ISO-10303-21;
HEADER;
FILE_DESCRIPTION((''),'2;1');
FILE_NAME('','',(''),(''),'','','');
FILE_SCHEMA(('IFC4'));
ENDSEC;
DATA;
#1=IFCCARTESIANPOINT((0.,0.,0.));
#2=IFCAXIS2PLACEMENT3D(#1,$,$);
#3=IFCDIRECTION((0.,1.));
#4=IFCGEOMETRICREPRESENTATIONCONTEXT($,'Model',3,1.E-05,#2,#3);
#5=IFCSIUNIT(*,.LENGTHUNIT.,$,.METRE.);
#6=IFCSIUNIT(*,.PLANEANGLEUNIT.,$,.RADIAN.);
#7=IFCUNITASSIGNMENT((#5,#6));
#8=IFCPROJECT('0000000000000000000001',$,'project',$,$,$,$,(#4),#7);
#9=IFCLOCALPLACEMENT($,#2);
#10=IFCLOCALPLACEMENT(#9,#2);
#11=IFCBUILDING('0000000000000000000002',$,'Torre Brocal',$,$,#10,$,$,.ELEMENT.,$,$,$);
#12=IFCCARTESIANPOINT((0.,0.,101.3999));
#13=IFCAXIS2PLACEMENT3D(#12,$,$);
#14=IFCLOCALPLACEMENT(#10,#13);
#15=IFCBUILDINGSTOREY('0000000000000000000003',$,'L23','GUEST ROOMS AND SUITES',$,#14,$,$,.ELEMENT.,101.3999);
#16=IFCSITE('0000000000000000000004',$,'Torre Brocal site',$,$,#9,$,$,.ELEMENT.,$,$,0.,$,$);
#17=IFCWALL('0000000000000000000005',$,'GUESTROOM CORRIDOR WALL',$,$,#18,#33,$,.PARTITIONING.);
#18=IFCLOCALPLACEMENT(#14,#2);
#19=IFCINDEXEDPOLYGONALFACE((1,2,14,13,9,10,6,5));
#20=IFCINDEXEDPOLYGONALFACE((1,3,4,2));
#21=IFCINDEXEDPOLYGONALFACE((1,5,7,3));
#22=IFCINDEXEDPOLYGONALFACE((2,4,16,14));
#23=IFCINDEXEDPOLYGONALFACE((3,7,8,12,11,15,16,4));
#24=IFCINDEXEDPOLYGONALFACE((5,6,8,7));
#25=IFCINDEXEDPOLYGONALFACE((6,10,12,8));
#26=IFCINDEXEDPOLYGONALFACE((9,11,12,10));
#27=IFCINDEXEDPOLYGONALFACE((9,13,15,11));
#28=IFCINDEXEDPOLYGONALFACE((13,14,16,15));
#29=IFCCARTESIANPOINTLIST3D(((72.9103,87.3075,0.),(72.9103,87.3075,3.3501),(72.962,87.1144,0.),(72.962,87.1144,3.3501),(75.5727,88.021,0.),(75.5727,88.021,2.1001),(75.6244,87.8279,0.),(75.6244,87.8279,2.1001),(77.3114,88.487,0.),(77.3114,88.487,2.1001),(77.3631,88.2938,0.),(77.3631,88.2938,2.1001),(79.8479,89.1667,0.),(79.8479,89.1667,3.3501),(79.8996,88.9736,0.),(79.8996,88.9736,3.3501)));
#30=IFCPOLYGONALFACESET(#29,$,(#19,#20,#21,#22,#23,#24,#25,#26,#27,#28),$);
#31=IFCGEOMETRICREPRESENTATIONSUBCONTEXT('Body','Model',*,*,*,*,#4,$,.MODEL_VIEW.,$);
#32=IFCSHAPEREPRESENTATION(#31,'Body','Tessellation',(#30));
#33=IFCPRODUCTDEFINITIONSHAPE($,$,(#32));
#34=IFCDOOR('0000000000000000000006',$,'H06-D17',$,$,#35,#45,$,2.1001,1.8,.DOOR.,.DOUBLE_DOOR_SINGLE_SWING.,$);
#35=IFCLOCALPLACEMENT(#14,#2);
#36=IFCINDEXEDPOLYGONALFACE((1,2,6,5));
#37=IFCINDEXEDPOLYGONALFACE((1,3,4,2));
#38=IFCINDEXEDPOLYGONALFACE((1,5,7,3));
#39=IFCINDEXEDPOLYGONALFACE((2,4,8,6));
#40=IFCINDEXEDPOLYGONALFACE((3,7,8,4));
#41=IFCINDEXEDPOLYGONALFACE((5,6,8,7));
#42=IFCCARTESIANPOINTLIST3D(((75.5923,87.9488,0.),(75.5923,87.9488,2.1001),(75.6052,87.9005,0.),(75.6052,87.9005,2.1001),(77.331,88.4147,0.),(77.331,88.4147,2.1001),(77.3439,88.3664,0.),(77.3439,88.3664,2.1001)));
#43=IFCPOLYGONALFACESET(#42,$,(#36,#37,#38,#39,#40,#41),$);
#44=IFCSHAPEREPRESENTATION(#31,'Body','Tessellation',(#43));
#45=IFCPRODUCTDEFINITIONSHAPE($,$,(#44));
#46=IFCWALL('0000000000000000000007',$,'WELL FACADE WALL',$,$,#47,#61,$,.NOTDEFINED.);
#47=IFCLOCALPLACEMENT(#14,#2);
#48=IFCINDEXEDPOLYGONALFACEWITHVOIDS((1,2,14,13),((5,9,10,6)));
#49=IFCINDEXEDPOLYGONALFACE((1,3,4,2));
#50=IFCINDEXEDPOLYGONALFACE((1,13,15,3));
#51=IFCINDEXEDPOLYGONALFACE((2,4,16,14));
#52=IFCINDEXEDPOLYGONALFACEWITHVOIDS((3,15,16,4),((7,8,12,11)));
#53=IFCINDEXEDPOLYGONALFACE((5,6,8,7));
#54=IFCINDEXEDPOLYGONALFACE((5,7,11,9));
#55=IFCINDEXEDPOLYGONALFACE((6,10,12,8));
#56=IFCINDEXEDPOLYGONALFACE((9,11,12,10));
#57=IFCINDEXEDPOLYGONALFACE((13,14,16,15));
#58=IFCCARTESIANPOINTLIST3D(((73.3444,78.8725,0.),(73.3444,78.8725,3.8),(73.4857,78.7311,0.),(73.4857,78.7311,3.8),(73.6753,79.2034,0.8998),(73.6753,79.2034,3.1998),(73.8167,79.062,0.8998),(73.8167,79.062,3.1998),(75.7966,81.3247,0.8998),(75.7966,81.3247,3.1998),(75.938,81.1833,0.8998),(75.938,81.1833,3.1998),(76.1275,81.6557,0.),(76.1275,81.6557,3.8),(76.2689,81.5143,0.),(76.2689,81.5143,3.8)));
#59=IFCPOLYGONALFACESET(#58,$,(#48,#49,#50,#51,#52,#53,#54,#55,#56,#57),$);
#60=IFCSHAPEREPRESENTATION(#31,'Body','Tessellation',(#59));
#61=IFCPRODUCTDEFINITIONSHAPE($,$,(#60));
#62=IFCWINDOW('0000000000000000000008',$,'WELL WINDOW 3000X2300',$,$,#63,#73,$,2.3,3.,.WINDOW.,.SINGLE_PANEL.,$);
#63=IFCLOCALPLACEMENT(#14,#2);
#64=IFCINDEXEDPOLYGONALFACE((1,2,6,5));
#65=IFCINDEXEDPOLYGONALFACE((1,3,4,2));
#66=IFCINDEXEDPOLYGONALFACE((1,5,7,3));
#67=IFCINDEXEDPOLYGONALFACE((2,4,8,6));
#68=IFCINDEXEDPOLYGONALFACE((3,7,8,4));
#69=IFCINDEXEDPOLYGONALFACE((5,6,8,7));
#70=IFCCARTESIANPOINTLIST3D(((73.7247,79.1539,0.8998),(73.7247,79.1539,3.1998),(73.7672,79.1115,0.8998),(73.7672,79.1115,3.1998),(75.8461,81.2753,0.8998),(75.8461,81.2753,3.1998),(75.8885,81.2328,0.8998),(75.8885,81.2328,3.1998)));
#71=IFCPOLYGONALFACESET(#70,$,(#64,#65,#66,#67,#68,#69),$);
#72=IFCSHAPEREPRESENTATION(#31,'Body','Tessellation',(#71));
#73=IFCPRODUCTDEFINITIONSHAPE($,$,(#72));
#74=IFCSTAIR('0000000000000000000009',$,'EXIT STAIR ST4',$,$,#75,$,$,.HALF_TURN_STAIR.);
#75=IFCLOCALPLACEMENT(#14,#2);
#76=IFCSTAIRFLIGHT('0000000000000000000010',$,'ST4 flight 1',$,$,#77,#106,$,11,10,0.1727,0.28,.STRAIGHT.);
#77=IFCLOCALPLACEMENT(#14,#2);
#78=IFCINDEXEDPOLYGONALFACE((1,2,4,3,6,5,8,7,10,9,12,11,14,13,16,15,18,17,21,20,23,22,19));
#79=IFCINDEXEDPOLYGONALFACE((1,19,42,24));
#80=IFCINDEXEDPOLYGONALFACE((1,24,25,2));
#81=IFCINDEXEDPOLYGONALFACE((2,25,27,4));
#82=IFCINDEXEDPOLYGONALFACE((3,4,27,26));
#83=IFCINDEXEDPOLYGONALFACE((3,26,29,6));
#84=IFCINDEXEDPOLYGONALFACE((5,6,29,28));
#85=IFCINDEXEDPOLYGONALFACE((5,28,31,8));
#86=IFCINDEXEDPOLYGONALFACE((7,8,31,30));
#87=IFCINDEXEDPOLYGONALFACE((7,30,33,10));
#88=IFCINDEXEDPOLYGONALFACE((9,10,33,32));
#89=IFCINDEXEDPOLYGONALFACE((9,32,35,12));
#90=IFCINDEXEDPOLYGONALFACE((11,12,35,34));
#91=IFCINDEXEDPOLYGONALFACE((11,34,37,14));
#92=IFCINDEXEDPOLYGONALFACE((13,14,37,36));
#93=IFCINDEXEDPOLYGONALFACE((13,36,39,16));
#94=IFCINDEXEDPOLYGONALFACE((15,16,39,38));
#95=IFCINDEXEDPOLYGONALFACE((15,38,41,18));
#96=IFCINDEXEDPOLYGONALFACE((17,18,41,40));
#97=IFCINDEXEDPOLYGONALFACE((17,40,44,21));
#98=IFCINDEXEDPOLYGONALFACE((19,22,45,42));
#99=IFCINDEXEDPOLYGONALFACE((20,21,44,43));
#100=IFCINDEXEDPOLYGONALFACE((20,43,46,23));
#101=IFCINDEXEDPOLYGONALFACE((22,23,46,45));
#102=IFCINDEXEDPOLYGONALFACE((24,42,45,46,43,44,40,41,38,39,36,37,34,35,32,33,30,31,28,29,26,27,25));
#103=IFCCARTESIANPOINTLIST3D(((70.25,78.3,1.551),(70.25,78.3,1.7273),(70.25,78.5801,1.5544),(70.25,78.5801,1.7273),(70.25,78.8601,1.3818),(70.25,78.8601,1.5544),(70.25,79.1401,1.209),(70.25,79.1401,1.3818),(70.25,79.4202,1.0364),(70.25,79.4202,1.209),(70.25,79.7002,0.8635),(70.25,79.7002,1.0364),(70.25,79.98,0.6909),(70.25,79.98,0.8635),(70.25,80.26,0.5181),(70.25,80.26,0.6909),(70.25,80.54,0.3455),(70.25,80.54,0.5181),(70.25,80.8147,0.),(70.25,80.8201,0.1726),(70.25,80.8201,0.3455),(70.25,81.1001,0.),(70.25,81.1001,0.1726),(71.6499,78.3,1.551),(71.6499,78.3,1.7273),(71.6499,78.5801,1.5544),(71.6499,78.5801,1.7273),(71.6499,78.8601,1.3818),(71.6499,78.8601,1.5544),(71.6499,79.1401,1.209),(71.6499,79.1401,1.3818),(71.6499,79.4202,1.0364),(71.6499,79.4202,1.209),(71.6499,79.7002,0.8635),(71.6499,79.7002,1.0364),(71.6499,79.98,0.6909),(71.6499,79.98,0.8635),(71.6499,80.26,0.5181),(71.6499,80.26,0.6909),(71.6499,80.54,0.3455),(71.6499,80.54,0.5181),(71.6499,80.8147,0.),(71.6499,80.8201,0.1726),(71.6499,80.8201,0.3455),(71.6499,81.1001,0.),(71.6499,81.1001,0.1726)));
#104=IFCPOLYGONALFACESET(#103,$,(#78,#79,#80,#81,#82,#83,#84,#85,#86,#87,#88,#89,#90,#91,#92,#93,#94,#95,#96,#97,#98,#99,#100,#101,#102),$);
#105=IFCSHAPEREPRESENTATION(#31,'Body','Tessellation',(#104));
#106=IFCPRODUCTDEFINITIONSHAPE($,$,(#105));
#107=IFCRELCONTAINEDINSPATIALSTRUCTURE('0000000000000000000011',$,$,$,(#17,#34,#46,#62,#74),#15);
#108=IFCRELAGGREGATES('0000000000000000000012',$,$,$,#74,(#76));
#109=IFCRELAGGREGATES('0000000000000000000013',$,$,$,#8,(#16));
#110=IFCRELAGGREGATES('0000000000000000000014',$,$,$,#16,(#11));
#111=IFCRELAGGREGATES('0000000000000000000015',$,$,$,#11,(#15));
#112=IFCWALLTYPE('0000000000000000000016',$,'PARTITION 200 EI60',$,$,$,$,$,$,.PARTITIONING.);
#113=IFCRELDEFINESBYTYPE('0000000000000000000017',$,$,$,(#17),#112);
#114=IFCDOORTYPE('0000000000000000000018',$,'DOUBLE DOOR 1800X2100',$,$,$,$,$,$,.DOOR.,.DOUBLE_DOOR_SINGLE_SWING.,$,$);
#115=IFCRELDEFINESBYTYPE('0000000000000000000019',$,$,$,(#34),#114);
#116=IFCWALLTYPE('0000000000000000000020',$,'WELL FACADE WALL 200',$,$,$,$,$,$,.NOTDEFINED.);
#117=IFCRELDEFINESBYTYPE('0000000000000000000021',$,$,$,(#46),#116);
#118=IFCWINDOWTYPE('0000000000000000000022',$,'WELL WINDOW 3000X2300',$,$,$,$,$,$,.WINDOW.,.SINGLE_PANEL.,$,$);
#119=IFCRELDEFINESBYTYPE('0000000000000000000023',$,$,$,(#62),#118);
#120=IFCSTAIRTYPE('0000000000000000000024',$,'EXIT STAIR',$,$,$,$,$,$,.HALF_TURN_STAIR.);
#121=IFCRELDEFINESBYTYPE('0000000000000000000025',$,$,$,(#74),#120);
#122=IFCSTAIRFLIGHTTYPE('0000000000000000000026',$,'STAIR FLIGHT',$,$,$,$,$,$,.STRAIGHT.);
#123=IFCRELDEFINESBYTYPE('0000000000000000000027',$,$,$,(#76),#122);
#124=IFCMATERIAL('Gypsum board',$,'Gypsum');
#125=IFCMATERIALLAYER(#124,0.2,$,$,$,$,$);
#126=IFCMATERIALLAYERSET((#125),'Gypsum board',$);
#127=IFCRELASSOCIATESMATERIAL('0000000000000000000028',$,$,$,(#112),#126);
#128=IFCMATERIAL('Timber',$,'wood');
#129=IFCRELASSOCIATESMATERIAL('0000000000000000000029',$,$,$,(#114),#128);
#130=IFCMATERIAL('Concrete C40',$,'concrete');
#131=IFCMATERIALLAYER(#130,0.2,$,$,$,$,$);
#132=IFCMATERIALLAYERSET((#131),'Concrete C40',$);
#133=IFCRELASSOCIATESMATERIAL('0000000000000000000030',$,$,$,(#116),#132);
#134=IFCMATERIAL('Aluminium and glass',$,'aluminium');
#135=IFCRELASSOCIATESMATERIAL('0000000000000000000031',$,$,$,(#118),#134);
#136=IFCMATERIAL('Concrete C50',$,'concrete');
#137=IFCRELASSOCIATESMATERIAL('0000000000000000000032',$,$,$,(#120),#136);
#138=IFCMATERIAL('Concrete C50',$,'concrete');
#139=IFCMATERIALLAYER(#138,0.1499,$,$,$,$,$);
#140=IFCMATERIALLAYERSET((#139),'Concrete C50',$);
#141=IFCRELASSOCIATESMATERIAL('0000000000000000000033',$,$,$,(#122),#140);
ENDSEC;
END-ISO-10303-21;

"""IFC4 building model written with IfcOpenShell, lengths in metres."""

from ifc_helpers import new_model, si_unit, direction, frame, frame_2d, origin, place, context, subcontext, project, spatial, polyline, rectangle, outline, extrude, material, layer, layer_set, type_object, element, fill, aggregate, save


model = new_model("IFC4")

# Units and contexts
model_context = context("Model", 3, precision=1e-05, world=origin(), true_north=direction((0.0, 1.0)))
body_context = subcontext(model_context, "Body", "Model", "MODEL_VIEW")
ifc_project = project(units=[si_unit("LENGTHUNIT", "METRE"), si_unit("PLANEANGLEUNIT", "RADIAN")], contexts=[model_context])

# Site, building, storey
site_placement = place(None, origin())
site = spatial("IfcSite", under=ifc_project, at=site_placement, Name="Torre Brocal site", CompositionType="ELEMENT", RefElevation=0.0)
building_placement = place(site_placement, origin())
building = spatial("IfcBuilding", under=site, at=building_placement, Name="Torre Brocal", CompositionType="ELEMENT")
storey_placement = place(building_placement, frame((0.0, 0.0, 101.3999)))
storey = spatial("IfcBuildingStorey", under=building, at=storey_placement, Name="L23", Description="GUEST ROOMS AND SUITES", CompositionType="ELEMENT", Elevation=101.3999)

# Shared definitions
ifc_material_1 = material(Name="Gypsum board", Category="Gypsum")
ifc_layer_1 = layer(ifc_material_1, 0.2)
ifc_layer_set_1 = layer_set([ifc_layer_1], Name="Gypsum board")
wall_type_1 = type_object("IfcWallType", Name="PARTITION 200 EI60", PredefinedType="PARTITIONING", material=ifc_layer_set_1)

# Wall, opening, door
wall_1_placement = place(storey_placement, frame((72.936, 87.2109, 0.0), z_axis=(0.0, 0.0, 1.0), x_axis=(0.965918, 0.258849, 0.0)))
wall_1 = element("IfcWall", 1, at=wall_1_placement, inside=storey, type_object=wall_type_1, Name="GUESTROOM CORRIDOR WALL", PredefinedType="PARTITIONING", context=body_context, shape_type="SweptSolid", body=[
    extrude(rectangle(XDim=7.1824, YDim=0.2, at=frame_2d((3.5913, 0.0))), origin(), (0.0, 0.0, 1.0), 3.3501),
])
opening_1_placement = place(wall_1_placement, frame((2.7566, 0.0, 0.0)))
opening_1 = element("IfcOpeningElement", 2, at=opening_1_placement, cuts=wall_1, PredefinedType="OPENING", context=body_context, shape_type="SweptSolid", body=[
    extrude(rectangle(XDim=1.8, YDim=2.1001, at=frame_2d((0.8999, 1.05))), frame((0.0, 0.1099, 0.0), z_axis=(0.0, -1.0, 0.0), x_axis=(1.0, 0.0, 0.0)), (0.0, 0.0, 1.0), 0.22),
])
ifc_material_2 = material(Name="Timber", Category="wood")
door_type_1 = type_object("IfcDoorType", Name="DOUBLE DOOR 1800X2100", OperationType="DOUBLE_DOOR_SINGLE_SWING", PredefinedType="DOOR", material=ifc_material_2)
door_1_placement = place(opening_1_placement, frame((1.8, 0.0, 0.0), z_axis=(0.0, 0.0, 1.0), x_axis=(-1.0, 0.0, 0.0)))
door_1 = element("IfcDoor", 3, at=door_1_placement, inside=storey, type_object=door_type_1, Name="H06-D17", OperationType="DOUBLE_DOOR_SINGLE_SWING", OverallHeight=2.1001, OverallWidth=1.8, PredefinedType="DOOR", context=body_context, shape_type="SweptSolid", body=[
    extrude(rectangle(XDim=1.8, YDim=2.1001, at=frame_2d((0.8999, 1.05))), frame((0.0, 0.0249, 0.0), z_axis=(0.0, -1.0, 0.0), x_axis=(1.0, 0.0, 0.0)), (0.0, 0.0, 1.0), 0.05),
])
fill(opening_1, door_1)

# Wall, opening, window
ifc_material_3 = material(Name="Concrete C40", Category="concrete")
ifc_layer_2 = layer(ifc_material_3, 0.2)
ifc_layer_set_2 = layer_set([ifc_layer_2], Name="Concrete C40")
wall_type_2 = type_object("IfcWallType", Name="WELL FACADE WALL 200", PredefinedType="NOTDEFINED", material=ifc_layer_set_2)
wall_2_placement = place(storey_placement, frame((76.1982, 81.585, 0.0), z_axis=(0.0, 0.0, 1.0), x_axis=(-0.707107, -0.707107, 0.0)))
wall_2 = element("IfcWall", 4, at=wall_2_placement, inside=storey, type_object=wall_type_2, Name="WELL FACADE WALL", PredefinedType="NOTDEFINED", context=body_context, shape_type="SweptSolid", body=[
    extrude(rectangle(XDim=3.936, YDim=0.2, at=frame_2d((1.968, 0.0))), origin(), (0.0, 0.0, 1.0), 3.8),
])
opening_2_placement = place(wall_2_placement, frame((0.468, 0.0, 0.8999)))
opening_2 = element("IfcOpeningElement", 5, at=opening_2_placement, cuts=wall_2, PredefinedType="OPENING", context=body_context, shape_type="SweptSolid", body=[
    extrude(rectangle(XDim=3.0, YDim=2.3, at=frame_2d((1.5, 1.1499))), frame((0.0, 0.1099, 0.0), z_axis=(0.0, -1.0, 0.0), x_axis=(1.0, 0.0, 0.0)), (0.0, 0.0, 1.0), 0.22),
])
ifc_material_4 = material(Name="Aluminium and glass", Category="aluminium")
window_type = type_object("IfcWindowType", Name="WELL WINDOW 3000X2300", PartitioningType="SINGLE_PANEL", PredefinedType="WINDOW", material=ifc_material_4)
window_placement = place(opening_2_placement, origin())
window = element("IfcWindow", 6, at=window_placement, inside=storey, type_object=window_type, Name="WELL WINDOW 3000X2300", OverallHeight=2.3, OverallWidth=3.0, PartitioningType="SINGLE_PANEL", PredefinedType="WINDOW", context=body_context, shape_type="SweptSolid", body=[
    extrude(rectangle(XDim=3.0, YDim=2.3, at=frame_2d((1.5, 1.1499))), frame((0.0, 0.03, 0.0), z_axis=(0.0, -1.0, 0.0), x_axis=(1.0, 0.0, 0.0)), (0.0, 0.0, 1.0), 0.0601),
])
fill(opening_2, window)

# Stair, stair flight
ifc_material_5 = material(Name="Concrete C50", Category="concrete")
stair_type = type_object("IfcStairType", Name="EXIT STAIR", PredefinedType="HALF_TURN_STAIR", material=ifc_material_5)
stair_placement = place(storey_placement, origin())
stair = element("IfcStair", 7, at=stair_placement, inside=storey, type_object=stair_type, Name="EXIT STAIR ST4", PredefinedType="HALF_TURN_STAIR")
ifc_material_6 = material(Name="Concrete C50", Category="concrete")
ifc_layer_3 = layer(ifc_material_6, 0.1499)
ifc_layer_set_3 = layer_set([ifc_layer_3], Name="Concrete C50")
stair_flight_type = type_object("IfcStairFlightType", Name="STAIR FLIGHT", PredefinedType="STRAIGHT", material=ifc_layer_set_3)
stair_flight_placement = place(storey_placement, frame((70.95, 81.1001, 0.0), z_axis=(0.0, 0.0, 1.0), x_axis=(0.0, -1.0, 0.0)))
stair_flight = element("IfcStairFlight", 8, at=stair_flight_placement, type_object=stair_flight_type, Name="ST4 flight 1", NumberOfRisers=11, NumberOfTreads=10, PredefinedType="STRAIGHT", RiserHeight=0.1727, TreadLength=0.28, context=body_context, shape_type="SweptSolid", body=[
    extrude(outline(polyline([(0.0, 0.0), (0.0, 0.1726), (0.28, 0.1726), (0.28, 0.3455), (0.5601, 0.3455), (0.5601, 0.5181), (0.8401, 0.5181), (0.8401, 0.6909), (1.1201, 0.6909), (1.1201, 0.8635), (1.3999, 0.8635), (1.3999, 1.0364), (1.6799, 1.0364), (1.6799, 1.209), (1.96, 1.209), (1.96, 1.3818), (2.24, 1.3818), (2.24, 1.5544), (2.52, 1.5544), (2.52, 1.7273), (2.8, 1.7273), (2.8, 1.8999), (2.8, 1.551), (0.2854, 0.0), (0.0, 0.0)])), frame((0.0, 0.7, 0.0), z_axis=(0.0, -1.0, 0.0), x_axis=(1.0, 0.0, 0.0)), (0.0, 0.0, 1.0), 1.3999),
])
aggregate(stair, [stair_flight])

save(model, "model.ifc")
